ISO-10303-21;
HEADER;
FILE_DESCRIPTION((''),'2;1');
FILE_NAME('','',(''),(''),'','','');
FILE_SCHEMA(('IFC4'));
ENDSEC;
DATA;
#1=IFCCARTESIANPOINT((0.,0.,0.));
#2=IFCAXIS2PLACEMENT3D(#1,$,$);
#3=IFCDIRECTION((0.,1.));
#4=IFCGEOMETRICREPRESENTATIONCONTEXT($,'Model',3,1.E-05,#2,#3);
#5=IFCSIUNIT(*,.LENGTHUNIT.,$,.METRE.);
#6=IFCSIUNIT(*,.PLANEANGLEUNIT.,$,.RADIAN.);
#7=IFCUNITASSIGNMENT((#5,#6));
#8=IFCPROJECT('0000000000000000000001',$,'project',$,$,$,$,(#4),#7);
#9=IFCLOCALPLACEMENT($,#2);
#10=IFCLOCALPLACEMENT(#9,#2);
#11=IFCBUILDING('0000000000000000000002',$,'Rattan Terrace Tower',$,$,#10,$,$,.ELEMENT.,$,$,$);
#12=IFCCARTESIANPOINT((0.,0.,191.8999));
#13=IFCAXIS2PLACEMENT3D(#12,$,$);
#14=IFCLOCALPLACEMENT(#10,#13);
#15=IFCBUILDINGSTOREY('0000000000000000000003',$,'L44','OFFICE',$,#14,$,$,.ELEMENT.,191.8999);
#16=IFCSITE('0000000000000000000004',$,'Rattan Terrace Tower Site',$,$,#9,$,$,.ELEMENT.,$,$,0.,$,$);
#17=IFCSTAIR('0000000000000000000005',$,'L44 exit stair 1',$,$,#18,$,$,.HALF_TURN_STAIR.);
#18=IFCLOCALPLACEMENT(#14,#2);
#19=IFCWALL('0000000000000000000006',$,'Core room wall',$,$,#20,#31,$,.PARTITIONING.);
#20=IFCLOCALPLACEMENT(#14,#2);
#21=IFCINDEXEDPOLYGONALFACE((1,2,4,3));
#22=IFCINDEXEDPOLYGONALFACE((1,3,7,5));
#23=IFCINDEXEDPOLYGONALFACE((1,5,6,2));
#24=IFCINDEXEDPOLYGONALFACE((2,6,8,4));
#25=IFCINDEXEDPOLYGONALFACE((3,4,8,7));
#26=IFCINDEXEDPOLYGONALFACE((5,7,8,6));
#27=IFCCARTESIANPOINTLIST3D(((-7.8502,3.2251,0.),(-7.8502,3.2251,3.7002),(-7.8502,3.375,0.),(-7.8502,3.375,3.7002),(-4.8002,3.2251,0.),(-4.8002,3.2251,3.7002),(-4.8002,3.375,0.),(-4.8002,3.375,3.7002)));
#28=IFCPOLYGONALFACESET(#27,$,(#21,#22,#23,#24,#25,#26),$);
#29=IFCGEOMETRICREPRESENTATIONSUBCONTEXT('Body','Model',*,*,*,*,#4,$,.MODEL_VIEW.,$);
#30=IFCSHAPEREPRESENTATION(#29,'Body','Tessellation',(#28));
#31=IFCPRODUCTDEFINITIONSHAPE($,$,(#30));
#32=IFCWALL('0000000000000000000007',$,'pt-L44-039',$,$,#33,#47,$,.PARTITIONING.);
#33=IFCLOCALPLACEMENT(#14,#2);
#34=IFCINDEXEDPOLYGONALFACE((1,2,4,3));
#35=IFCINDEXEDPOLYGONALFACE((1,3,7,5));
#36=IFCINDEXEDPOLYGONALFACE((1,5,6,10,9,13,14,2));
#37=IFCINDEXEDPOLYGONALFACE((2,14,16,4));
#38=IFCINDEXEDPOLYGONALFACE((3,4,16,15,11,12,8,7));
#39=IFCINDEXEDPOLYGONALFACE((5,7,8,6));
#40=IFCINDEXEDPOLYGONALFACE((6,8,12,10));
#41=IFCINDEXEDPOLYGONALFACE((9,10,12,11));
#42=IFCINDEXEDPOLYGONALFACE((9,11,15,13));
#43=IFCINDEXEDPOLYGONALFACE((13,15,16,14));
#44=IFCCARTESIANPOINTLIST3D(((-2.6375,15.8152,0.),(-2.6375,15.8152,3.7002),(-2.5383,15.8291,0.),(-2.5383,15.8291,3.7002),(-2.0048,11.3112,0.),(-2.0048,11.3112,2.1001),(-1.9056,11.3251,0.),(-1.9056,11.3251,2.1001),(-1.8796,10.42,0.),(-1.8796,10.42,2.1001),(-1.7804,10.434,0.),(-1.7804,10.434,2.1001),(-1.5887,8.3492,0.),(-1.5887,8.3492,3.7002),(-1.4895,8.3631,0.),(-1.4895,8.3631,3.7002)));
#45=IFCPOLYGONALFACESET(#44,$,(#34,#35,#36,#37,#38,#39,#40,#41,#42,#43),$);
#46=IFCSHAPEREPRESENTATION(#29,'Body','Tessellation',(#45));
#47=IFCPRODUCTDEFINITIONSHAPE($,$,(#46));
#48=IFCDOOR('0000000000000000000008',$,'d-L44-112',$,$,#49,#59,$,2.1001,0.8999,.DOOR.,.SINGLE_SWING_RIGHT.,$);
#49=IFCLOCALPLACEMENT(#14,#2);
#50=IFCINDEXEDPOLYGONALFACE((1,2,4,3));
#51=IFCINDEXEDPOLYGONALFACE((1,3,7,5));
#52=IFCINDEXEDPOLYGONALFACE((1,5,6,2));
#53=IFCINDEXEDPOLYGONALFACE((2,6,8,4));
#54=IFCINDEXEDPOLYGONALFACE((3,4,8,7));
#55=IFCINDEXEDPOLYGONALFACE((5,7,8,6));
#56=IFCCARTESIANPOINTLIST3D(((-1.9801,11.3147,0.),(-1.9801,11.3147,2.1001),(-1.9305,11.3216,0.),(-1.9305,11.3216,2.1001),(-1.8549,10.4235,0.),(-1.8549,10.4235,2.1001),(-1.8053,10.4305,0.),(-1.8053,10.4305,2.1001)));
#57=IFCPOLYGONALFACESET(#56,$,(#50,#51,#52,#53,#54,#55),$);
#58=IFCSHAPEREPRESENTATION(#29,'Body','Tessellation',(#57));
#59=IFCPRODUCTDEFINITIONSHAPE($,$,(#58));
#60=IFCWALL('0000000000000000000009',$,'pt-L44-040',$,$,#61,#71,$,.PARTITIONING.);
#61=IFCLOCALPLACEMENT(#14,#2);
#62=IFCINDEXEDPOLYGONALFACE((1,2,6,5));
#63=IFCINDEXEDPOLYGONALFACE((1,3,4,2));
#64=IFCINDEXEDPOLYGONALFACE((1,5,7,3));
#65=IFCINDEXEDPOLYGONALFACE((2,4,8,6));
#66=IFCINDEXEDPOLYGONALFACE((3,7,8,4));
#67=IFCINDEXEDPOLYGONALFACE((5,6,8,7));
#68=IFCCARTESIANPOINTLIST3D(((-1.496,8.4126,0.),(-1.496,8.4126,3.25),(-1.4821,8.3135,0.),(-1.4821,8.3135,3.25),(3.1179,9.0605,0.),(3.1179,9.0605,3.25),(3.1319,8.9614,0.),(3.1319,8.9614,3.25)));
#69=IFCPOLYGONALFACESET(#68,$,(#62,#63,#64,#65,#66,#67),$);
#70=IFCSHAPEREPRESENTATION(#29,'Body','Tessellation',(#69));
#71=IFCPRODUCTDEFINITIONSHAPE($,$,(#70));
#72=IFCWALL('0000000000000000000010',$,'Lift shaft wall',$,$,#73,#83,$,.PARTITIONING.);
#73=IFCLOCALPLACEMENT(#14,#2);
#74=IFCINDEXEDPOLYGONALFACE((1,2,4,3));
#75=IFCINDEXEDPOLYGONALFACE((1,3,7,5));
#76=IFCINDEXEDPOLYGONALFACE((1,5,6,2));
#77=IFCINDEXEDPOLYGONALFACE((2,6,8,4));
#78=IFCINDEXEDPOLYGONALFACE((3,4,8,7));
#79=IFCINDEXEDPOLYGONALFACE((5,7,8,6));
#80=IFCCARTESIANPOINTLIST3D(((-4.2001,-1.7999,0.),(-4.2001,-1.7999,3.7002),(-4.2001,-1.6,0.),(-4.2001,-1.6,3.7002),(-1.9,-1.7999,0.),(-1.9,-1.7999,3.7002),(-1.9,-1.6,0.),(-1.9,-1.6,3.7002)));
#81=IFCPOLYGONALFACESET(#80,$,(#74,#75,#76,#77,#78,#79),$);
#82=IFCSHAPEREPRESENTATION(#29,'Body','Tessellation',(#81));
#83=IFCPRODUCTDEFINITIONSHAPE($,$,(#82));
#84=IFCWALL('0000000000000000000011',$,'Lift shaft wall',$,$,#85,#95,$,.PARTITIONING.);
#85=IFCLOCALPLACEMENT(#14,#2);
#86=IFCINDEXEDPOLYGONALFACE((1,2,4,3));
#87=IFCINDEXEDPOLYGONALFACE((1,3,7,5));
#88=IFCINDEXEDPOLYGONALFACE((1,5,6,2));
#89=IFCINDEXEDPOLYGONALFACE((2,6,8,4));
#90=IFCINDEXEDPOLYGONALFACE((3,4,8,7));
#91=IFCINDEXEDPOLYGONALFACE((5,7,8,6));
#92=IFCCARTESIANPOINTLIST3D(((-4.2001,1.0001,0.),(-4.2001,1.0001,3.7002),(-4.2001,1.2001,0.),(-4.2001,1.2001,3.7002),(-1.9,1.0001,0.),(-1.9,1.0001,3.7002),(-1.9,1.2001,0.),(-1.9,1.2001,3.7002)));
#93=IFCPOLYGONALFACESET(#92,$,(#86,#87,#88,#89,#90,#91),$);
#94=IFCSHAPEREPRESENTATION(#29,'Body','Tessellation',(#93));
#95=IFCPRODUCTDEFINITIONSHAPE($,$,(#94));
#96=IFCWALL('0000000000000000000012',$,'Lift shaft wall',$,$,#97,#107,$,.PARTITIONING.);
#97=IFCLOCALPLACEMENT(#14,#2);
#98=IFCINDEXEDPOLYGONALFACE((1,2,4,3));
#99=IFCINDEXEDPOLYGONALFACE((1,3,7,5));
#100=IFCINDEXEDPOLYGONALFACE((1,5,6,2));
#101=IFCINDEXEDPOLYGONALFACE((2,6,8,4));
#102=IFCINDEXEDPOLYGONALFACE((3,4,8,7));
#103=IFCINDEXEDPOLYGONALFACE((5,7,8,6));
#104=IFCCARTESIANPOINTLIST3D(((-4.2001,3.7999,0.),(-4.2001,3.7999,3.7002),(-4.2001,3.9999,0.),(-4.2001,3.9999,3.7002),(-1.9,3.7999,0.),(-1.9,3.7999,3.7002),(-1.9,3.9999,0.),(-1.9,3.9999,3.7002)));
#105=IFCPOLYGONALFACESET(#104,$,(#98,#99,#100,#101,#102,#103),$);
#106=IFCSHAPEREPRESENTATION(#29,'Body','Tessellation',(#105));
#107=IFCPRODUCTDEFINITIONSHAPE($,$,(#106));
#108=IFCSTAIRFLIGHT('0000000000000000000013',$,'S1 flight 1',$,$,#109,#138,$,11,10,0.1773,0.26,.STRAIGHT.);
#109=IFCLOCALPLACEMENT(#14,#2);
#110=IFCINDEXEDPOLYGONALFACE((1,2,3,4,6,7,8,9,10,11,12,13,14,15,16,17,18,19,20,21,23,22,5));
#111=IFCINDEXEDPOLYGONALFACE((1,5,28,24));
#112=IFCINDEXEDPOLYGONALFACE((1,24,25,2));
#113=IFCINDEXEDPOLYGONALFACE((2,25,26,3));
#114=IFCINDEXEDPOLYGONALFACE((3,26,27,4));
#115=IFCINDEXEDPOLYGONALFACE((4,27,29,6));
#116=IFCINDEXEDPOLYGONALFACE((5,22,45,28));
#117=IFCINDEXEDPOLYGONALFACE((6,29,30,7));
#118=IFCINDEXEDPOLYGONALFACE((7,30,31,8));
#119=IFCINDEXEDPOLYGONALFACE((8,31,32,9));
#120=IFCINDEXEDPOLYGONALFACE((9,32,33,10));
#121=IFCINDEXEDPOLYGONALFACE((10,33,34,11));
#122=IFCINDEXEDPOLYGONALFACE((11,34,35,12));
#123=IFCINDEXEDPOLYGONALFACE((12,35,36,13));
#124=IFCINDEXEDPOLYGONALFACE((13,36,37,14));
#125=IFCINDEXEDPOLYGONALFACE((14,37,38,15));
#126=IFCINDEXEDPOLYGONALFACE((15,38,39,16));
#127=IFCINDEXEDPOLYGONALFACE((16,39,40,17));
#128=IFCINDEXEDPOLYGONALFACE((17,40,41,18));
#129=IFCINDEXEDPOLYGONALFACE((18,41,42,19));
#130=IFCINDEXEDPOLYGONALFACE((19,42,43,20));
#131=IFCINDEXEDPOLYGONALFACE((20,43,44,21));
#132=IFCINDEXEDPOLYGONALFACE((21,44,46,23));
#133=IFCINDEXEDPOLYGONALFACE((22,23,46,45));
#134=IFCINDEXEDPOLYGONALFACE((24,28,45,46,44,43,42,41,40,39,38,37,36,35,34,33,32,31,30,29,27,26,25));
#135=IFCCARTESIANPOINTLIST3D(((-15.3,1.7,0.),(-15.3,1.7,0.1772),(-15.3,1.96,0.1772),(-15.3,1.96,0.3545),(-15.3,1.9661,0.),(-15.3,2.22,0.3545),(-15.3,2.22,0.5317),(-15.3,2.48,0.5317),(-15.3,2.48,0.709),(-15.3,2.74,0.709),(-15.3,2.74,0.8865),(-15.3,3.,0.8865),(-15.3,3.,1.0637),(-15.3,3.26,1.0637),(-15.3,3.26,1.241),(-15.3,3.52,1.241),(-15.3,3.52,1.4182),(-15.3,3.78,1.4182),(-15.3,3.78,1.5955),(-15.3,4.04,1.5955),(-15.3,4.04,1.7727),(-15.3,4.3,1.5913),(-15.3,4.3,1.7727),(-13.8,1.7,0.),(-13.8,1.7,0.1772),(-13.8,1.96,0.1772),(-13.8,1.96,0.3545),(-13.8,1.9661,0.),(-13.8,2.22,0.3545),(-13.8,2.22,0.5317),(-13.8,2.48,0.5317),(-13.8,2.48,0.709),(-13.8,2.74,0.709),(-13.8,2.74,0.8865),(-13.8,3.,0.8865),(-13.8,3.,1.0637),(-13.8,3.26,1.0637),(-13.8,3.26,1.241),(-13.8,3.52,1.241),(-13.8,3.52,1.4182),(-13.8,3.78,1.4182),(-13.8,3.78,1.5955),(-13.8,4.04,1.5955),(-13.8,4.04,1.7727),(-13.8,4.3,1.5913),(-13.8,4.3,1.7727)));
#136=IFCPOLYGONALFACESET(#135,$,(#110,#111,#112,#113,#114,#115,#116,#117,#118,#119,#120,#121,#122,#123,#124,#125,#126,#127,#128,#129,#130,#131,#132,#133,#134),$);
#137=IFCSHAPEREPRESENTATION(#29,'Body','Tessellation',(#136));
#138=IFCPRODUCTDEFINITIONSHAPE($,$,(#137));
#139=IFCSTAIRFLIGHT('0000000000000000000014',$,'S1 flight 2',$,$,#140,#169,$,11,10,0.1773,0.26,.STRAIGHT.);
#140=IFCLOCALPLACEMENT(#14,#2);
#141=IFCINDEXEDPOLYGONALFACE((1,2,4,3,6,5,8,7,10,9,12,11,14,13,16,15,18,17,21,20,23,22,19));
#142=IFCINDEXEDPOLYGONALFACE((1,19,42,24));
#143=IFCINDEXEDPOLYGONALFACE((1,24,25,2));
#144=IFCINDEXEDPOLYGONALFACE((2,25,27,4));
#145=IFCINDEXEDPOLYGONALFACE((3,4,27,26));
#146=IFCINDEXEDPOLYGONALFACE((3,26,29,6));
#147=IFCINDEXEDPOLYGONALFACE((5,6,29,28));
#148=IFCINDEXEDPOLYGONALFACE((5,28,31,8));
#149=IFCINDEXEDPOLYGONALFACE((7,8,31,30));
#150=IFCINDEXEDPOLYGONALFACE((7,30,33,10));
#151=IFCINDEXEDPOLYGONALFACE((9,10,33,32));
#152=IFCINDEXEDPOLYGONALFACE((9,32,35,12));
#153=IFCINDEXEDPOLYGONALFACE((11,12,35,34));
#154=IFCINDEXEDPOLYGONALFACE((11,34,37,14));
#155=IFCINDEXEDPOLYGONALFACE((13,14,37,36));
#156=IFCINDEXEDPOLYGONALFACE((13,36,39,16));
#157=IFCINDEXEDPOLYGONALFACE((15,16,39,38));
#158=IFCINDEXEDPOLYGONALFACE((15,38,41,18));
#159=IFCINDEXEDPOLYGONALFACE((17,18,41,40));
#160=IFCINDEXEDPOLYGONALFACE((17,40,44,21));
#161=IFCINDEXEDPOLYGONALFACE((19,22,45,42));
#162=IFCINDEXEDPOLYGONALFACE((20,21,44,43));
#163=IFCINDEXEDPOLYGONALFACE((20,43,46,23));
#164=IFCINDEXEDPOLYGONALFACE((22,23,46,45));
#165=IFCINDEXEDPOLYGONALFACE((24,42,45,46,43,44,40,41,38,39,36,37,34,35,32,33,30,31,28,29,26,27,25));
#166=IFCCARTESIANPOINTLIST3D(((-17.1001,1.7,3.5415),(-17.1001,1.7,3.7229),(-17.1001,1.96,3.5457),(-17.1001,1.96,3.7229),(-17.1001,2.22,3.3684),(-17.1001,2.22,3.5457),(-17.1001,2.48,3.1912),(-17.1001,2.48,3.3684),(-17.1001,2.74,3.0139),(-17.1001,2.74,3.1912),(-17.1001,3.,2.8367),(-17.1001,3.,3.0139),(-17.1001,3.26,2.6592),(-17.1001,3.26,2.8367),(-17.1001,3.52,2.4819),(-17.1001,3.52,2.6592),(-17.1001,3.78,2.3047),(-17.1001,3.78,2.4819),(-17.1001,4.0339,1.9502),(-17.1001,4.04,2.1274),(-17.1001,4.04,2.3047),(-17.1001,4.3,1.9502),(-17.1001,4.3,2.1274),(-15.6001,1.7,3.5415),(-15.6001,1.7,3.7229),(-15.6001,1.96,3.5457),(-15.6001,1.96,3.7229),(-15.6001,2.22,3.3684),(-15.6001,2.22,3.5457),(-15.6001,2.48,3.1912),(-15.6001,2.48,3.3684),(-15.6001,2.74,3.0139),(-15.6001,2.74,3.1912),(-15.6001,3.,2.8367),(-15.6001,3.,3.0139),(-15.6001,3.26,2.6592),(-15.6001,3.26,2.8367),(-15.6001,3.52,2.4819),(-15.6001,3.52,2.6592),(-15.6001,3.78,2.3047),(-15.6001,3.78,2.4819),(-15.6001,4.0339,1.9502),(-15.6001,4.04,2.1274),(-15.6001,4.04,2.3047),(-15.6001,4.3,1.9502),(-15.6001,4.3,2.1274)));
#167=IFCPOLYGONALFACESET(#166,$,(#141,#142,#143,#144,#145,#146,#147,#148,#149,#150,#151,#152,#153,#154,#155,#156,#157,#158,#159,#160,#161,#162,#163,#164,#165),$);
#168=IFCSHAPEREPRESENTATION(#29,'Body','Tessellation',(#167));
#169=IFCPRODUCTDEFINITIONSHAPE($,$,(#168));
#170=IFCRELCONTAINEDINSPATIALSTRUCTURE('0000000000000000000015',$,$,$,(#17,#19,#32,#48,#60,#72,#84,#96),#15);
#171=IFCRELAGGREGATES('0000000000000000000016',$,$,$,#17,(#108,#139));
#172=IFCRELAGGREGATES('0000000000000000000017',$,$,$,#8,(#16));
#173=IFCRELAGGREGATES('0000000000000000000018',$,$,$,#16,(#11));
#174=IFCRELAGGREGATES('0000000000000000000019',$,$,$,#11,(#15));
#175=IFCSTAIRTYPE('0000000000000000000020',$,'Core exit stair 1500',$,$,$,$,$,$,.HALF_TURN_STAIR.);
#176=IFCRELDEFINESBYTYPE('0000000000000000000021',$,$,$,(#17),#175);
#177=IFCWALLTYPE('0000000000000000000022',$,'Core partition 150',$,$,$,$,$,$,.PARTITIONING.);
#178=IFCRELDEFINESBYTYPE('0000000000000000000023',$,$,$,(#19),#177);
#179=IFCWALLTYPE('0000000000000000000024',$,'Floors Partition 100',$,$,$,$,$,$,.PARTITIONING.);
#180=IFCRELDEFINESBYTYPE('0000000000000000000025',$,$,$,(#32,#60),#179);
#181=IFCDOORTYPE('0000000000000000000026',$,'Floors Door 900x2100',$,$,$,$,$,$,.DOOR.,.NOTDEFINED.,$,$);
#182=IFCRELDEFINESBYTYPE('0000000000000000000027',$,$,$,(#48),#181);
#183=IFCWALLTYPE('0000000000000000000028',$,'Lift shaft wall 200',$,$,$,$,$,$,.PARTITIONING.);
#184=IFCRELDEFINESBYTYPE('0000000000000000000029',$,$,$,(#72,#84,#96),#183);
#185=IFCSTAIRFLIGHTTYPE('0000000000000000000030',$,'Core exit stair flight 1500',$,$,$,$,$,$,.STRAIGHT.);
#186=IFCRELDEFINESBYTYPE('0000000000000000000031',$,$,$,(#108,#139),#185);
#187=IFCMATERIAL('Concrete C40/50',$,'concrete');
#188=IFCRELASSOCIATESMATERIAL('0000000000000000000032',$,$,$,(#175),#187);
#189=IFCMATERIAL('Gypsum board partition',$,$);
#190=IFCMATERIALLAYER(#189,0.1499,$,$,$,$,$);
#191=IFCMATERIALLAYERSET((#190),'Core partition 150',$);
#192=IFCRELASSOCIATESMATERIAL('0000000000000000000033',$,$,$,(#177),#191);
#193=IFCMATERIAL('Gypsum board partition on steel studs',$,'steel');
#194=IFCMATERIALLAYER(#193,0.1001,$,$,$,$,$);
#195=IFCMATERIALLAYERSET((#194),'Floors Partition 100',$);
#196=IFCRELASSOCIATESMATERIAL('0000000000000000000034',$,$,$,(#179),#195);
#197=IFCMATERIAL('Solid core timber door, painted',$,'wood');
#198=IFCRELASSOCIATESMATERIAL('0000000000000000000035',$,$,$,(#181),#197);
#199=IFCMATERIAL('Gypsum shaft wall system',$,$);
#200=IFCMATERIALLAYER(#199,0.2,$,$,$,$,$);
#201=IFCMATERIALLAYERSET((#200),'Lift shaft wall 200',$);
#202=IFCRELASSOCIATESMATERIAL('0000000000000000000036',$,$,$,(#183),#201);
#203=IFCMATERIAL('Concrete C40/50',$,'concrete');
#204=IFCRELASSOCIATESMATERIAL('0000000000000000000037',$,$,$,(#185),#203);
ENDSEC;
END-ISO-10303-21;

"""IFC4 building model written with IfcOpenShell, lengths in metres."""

from ifc_helpers import new_model, si_unit, direction, frame, frame_2d, origin, place, context, subcontext, project, spatial, polyline, rectangle, outline, extrude, material, layer, layer_set, type_object, element, fill, aggregate, save


model = new_model("IFC4")

# Units and contexts
model_context = context("Model", 3, precision=1e-05, world=origin(), true_north=direction((0.0, 1.0)))
body_context = subcontext(model_context, "Body", "Model", "MODEL_VIEW")
ifc_project = project(units=[si_unit("LENGTHUNIT", "METRE"), si_unit("PLANEANGLEUNIT", "RADIAN")], contexts=[model_context])

# Site, building, storey
site_placement = place(None, origin())
site = spatial("IfcSite", under=ifc_project, at=site_placement, Name="Rattan Terrace Tower Site", CompositionType="ELEMENT", RefElevation=0.0)
building_placement = place(site_placement, origin())
building = spatial("IfcBuilding", under=site, at=building_placement, Name="Rattan Terrace Tower", CompositionType="ELEMENT")
storey_placement = place(building_placement, frame((0.0, 0.0, 191.8999)))
storey = spatial("IfcBuildingStorey", under=building, at=storey_placement, Name="L44", Description="OFFICE", CompositionType="ELEMENT", Elevation=191.8999)

# Stair
ifc_material_1 = material(Name="Concrete C40/50", Category="concrete")
stair_type = type_object("IfcStairType", Name="Core exit stair 1500", PredefinedType="HALF_TURN_STAIR", material=ifc_material_1)
stair_placement = place(storey_placement, origin())
stair = element("IfcStair", 1, at=stair_placement, inside=storey, type_object=stair_type, Name="L44 exit stair 1", PredefinedType="HALF_TURN_STAIR")

# Wall
ifc_material_2 = material(Name="Gypsum board partition")
ifc_layer_1 = layer(ifc_material_2, 0.1499)
ifc_layer_set_1 = layer_set([ifc_layer_1], Name="Core partition 150")
wall_type_1 = type_object("IfcWallType", Name="Core partition 150", PredefinedType="PARTITIONING", material=ifc_layer_set_1)
for number, where, z_axis, x_axis, name in (
    (2, (-7.8501, 3.3, 0.0), (0.0, 0.0, 1.0), (1.0, 0.0, 0.0), "Core room wall"),
):
    element("IfcWall", number, at=place(storey_placement, frame(where, z_axis=z_axis, x_axis=x_axis)), inside=storey, type_object=wall_type_1, Name=name, PredefinedType="PARTITIONING", context=body_context, shape_type="SweptSolid", body=[
        extrude(rectangle(XDim=3.05, YDim=0.1499, at=frame_2d((1.5249, 0.0))), origin(), (0.0, 0.0, 1.0), 3.7002),
    ])

# Wall, opening, door
ifc_material_3 = material(Name="Gypsum board partition on steel studs", Category="steel")
ifc_layer_2 = layer(ifc_material_3, 0.1001)
ifc_layer_set_2 = layer_set([ifc_layer_2], Name="Floors Partition 100")
wall_type_2 = type_object("IfcWallType", Name="Floors Partition 100", PredefinedType="PARTITIONING", material=ifc_layer_set_2)
wall_1_placement = place(storey_placement, frame((-2.5879, 15.822, 0.0), z_axis=(0.0, 0.0, 1.0), x_axis=(0.139113, -0.990276, 0.0)))
wall_1 = element("IfcWall", 3, at=wall_1_placement, inside=storey, type_object=wall_type_2, Name="pt-L44-039", PredefinedType="PARTITIONING", context=body_context, shape_type="SweptSolid", body=[
    extrude(rectangle(XDim=7.5393, YDim=0.1001, at=frame_2d((3.7695, 0.0))), origin(), (0.0, 0.0, 1.0), 3.7002),
])
opening_placement = place(wall_1_placement, frame((4.5481, 0.0, 0.0)))
opening = element("IfcOpeningElement", 4, at=opening_placement, cuts=wall_1, PredefinedType="OPENING", context=body_context, shape_type="SweptSolid", body=[
    extrude(rectangle(XDim=0.8999, YDim=2.1001, at=frame_2d((0.45, 1.05))), frame((0.0, 0.0605, 0.0), z_axis=(0.0, -1.0, 0.0), x_axis=(1.0, 0.0, 0.0)), (0.0, 0.0, 1.0), 0.1211),
])
ifc_material_4 = material(Name="Solid core timber door, painted", Category="wood")
door_type = type_object("IfcDoorType", Name="Floors Door 900x2100", OperationType="NOTDEFINED", PredefinedType="DOOR", material=ifc_material_4)
door_placement = place(opening_placement, origin())
door = element("IfcDoor", 5, at=door_placement, inside=storey, type_object=door_type, Name="d-L44-112", OperationType="SINGLE_SWING_RIGHT", OverallHeight=2.1001, OverallWidth=0.8999, PredefinedType="DOOR", context=body_context, shape_type="SweptSolid", body=[
    extrude(rectangle(XDim=0.8999, YDim=2.1001, at=frame_2d((0.45, 1.05))), frame((0.0, 0.0249, 0.0), z_axis=(0.0, -1.0, 0.0), x_axis=(1.0, 0.0, 0.0)), (0.0, 0.0, 1.0), 0.05),
])
fill(opening, door)

# Walls
wall_2_placement = place(storey_placement, frame((-1.489, 8.363, 0.0), z_axis=(0.0, 0.0, 1.0), x_axis=(0.990283, 0.139066, 0.0)))
element("IfcWall", 6, at=wall_2_placement, inside=storey, type_object=wall_type_2, Name="pt-L44-040", PredefinedType="PARTITIONING", context=body_context, shape_type="SweptSolid", body=[
    extrude(rectangle(XDim=4.6592, YDim=0.1001, at=frame_2d((2.3296, 0.0))), origin(), (0.0, 0.0, 1.0), 3.25),
])
ifc_material_5 = material(Name="Gypsum shaft wall system")
ifc_layer_3 = layer(ifc_material_5, 0.2)
ifc_layer_set_3 = layer_set([ifc_layer_3], Name="Lift shaft wall 200")
wall_type_3 = type_object("IfcWallType", Name="Lift shaft wall 200", PredefinedType="PARTITIONING", material=ifc_layer_set_3)
for number, where, z_axis, x_axis, name in (
    (7, (-4.2, -1.7, 0.0), (0.0, 0.0, 1.0), (1.0, 0.0, 0.0), "Lift shaft wall"),
    (8, (-4.2, 1.1001, 0.0), (0.0, 0.0, 1.0), (1.0, 0.0, 0.0), "Lift shaft wall"),
    (9, (-4.2, 3.8999, 0.0), (0.0, 0.0, 1.0), (1.0, 0.0, 0.0), "Lift shaft wall"),
):
    element("IfcWall", number, at=place(storey_placement, frame(where, z_axis=z_axis, x_axis=x_axis)), inside=storey, type_object=wall_type_3, Name=name, PredefinedType="PARTITIONING", context=body_context, shape_type="SweptSolid", body=[
        extrude(rectangle(XDim=2.3, YDim=0.2, at=frame_2d((1.1499, 0.0))), origin(), (0.0, 0.0, 1.0), 3.7002),
    ])

# Stair flights
ifc_material_6 = material(Name="Concrete C40/50", Category="concrete")
stair_flight_type = type_object("IfcStairFlightType", Name="Core exit stair flight 1500", PredefinedType="STRAIGHT", material=ifc_material_6)
stair_flight_1_placement = place(storey_placement, frame((-14.55, 1.7, 0.0), z_axis=(0.0, 0.0, 1.0), x_axis=(0.0, 1.0, 0.0)))
stair_flight_1 = element("IfcStairFlight", 10, at=stair_flight_1_placement, type_object=stair_flight_type, Name="S1 flight 1", NumberOfRisers=11, NumberOfTreads=10, PredefinedType="STRAIGHT", RiserHeight=0.1773, TreadLength=0.26, context=body_context, shape_type="SweptSolid", body=[
    extrude(outline(polyline([(0.0, 0.0), (0.0, 0.1772), (0.26, 0.1772), (0.26, 0.3545), (0.52, 0.3545), (0.52, 0.5317), (0.78, 0.5317), (0.78, 0.709), (1.04, 0.709), (1.04, 0.8865), (1.3, 0.8865), (1.3, 1.0637), (1.5601, 1.0637), (1.5601, 1.241), (1.8201, 1.241), (1.8201, 1.4182), (2.0801, 1.4182), (2.0801, 1.5955), (2.3401, 1.5955), (2.3401, 1.7727), (2.6001, 1.7727), (2.6001, 1.95), (2.6001, 1.5913), (0.2661, 0.0), (0.0, 0.0)])), frame((0.0, 0.75, 0.0), z_axis=(0.0, -1.0, 0.0), x_axis=(1.0, 0.0, 0.0)), (0.0, 0.0, 1.0), 1.5),
])
stair_flight_2_placement = place(storey_placement, frame((-16.3501, 4.3, 1.9502), z_axis=(0.0, 0.0, 1.0), x_axis=(0.0, -1.0, 0.0)))
stair_flight_2 = element("IfcStairFlight", 11, at=stair_flight_2_placement, type_object=stair_flight_type, Name="S1 flight 2", NumberOfRisers=11, NumberOfTreads=10, PredefinedType="STRAIGHT", RiserHeight=0.1773, TreadLength=0.26, context=body_context, shape_type="SweptSolid", body=[
    extrude(outline(polyline([(0.0, 0.0), (0.0, 0.1772), (0.26, 0.1772), (0.26, 0.3545), (0.52, 0.3545), (0.52, 0.5317), (0.78, 0.5317), (0.78, 0.709), (1.04, 0.709), (1.04, 0.8865), (1.3, 0.8865), (1.3, 1.0637), (1.5601, 1.0637), (1.5601, 1.241), (1.8201, 1.241), (1.8201, 1.4182), (2.0801, 1.4182), (2.0801, 1.5955), (2.3401, 1.5955), (2.3401, 1.7727), (2.6001, 1.7727), (2.6001, 1.95), (2.6001, 1.5913), (0.2661, 0.0), (0.0, 0.0)])), frame((0.0, 0.75, 0.0), z_axis=(0.0, -1.0, 0.0), x_axis=(1.0, 0.0, 0.0)), (0.0, 0.0, 1.0), 1.5),
])
aggregate(stair, [stair_flight_1, stair_flight_2])

save(model, "model.ifc")
